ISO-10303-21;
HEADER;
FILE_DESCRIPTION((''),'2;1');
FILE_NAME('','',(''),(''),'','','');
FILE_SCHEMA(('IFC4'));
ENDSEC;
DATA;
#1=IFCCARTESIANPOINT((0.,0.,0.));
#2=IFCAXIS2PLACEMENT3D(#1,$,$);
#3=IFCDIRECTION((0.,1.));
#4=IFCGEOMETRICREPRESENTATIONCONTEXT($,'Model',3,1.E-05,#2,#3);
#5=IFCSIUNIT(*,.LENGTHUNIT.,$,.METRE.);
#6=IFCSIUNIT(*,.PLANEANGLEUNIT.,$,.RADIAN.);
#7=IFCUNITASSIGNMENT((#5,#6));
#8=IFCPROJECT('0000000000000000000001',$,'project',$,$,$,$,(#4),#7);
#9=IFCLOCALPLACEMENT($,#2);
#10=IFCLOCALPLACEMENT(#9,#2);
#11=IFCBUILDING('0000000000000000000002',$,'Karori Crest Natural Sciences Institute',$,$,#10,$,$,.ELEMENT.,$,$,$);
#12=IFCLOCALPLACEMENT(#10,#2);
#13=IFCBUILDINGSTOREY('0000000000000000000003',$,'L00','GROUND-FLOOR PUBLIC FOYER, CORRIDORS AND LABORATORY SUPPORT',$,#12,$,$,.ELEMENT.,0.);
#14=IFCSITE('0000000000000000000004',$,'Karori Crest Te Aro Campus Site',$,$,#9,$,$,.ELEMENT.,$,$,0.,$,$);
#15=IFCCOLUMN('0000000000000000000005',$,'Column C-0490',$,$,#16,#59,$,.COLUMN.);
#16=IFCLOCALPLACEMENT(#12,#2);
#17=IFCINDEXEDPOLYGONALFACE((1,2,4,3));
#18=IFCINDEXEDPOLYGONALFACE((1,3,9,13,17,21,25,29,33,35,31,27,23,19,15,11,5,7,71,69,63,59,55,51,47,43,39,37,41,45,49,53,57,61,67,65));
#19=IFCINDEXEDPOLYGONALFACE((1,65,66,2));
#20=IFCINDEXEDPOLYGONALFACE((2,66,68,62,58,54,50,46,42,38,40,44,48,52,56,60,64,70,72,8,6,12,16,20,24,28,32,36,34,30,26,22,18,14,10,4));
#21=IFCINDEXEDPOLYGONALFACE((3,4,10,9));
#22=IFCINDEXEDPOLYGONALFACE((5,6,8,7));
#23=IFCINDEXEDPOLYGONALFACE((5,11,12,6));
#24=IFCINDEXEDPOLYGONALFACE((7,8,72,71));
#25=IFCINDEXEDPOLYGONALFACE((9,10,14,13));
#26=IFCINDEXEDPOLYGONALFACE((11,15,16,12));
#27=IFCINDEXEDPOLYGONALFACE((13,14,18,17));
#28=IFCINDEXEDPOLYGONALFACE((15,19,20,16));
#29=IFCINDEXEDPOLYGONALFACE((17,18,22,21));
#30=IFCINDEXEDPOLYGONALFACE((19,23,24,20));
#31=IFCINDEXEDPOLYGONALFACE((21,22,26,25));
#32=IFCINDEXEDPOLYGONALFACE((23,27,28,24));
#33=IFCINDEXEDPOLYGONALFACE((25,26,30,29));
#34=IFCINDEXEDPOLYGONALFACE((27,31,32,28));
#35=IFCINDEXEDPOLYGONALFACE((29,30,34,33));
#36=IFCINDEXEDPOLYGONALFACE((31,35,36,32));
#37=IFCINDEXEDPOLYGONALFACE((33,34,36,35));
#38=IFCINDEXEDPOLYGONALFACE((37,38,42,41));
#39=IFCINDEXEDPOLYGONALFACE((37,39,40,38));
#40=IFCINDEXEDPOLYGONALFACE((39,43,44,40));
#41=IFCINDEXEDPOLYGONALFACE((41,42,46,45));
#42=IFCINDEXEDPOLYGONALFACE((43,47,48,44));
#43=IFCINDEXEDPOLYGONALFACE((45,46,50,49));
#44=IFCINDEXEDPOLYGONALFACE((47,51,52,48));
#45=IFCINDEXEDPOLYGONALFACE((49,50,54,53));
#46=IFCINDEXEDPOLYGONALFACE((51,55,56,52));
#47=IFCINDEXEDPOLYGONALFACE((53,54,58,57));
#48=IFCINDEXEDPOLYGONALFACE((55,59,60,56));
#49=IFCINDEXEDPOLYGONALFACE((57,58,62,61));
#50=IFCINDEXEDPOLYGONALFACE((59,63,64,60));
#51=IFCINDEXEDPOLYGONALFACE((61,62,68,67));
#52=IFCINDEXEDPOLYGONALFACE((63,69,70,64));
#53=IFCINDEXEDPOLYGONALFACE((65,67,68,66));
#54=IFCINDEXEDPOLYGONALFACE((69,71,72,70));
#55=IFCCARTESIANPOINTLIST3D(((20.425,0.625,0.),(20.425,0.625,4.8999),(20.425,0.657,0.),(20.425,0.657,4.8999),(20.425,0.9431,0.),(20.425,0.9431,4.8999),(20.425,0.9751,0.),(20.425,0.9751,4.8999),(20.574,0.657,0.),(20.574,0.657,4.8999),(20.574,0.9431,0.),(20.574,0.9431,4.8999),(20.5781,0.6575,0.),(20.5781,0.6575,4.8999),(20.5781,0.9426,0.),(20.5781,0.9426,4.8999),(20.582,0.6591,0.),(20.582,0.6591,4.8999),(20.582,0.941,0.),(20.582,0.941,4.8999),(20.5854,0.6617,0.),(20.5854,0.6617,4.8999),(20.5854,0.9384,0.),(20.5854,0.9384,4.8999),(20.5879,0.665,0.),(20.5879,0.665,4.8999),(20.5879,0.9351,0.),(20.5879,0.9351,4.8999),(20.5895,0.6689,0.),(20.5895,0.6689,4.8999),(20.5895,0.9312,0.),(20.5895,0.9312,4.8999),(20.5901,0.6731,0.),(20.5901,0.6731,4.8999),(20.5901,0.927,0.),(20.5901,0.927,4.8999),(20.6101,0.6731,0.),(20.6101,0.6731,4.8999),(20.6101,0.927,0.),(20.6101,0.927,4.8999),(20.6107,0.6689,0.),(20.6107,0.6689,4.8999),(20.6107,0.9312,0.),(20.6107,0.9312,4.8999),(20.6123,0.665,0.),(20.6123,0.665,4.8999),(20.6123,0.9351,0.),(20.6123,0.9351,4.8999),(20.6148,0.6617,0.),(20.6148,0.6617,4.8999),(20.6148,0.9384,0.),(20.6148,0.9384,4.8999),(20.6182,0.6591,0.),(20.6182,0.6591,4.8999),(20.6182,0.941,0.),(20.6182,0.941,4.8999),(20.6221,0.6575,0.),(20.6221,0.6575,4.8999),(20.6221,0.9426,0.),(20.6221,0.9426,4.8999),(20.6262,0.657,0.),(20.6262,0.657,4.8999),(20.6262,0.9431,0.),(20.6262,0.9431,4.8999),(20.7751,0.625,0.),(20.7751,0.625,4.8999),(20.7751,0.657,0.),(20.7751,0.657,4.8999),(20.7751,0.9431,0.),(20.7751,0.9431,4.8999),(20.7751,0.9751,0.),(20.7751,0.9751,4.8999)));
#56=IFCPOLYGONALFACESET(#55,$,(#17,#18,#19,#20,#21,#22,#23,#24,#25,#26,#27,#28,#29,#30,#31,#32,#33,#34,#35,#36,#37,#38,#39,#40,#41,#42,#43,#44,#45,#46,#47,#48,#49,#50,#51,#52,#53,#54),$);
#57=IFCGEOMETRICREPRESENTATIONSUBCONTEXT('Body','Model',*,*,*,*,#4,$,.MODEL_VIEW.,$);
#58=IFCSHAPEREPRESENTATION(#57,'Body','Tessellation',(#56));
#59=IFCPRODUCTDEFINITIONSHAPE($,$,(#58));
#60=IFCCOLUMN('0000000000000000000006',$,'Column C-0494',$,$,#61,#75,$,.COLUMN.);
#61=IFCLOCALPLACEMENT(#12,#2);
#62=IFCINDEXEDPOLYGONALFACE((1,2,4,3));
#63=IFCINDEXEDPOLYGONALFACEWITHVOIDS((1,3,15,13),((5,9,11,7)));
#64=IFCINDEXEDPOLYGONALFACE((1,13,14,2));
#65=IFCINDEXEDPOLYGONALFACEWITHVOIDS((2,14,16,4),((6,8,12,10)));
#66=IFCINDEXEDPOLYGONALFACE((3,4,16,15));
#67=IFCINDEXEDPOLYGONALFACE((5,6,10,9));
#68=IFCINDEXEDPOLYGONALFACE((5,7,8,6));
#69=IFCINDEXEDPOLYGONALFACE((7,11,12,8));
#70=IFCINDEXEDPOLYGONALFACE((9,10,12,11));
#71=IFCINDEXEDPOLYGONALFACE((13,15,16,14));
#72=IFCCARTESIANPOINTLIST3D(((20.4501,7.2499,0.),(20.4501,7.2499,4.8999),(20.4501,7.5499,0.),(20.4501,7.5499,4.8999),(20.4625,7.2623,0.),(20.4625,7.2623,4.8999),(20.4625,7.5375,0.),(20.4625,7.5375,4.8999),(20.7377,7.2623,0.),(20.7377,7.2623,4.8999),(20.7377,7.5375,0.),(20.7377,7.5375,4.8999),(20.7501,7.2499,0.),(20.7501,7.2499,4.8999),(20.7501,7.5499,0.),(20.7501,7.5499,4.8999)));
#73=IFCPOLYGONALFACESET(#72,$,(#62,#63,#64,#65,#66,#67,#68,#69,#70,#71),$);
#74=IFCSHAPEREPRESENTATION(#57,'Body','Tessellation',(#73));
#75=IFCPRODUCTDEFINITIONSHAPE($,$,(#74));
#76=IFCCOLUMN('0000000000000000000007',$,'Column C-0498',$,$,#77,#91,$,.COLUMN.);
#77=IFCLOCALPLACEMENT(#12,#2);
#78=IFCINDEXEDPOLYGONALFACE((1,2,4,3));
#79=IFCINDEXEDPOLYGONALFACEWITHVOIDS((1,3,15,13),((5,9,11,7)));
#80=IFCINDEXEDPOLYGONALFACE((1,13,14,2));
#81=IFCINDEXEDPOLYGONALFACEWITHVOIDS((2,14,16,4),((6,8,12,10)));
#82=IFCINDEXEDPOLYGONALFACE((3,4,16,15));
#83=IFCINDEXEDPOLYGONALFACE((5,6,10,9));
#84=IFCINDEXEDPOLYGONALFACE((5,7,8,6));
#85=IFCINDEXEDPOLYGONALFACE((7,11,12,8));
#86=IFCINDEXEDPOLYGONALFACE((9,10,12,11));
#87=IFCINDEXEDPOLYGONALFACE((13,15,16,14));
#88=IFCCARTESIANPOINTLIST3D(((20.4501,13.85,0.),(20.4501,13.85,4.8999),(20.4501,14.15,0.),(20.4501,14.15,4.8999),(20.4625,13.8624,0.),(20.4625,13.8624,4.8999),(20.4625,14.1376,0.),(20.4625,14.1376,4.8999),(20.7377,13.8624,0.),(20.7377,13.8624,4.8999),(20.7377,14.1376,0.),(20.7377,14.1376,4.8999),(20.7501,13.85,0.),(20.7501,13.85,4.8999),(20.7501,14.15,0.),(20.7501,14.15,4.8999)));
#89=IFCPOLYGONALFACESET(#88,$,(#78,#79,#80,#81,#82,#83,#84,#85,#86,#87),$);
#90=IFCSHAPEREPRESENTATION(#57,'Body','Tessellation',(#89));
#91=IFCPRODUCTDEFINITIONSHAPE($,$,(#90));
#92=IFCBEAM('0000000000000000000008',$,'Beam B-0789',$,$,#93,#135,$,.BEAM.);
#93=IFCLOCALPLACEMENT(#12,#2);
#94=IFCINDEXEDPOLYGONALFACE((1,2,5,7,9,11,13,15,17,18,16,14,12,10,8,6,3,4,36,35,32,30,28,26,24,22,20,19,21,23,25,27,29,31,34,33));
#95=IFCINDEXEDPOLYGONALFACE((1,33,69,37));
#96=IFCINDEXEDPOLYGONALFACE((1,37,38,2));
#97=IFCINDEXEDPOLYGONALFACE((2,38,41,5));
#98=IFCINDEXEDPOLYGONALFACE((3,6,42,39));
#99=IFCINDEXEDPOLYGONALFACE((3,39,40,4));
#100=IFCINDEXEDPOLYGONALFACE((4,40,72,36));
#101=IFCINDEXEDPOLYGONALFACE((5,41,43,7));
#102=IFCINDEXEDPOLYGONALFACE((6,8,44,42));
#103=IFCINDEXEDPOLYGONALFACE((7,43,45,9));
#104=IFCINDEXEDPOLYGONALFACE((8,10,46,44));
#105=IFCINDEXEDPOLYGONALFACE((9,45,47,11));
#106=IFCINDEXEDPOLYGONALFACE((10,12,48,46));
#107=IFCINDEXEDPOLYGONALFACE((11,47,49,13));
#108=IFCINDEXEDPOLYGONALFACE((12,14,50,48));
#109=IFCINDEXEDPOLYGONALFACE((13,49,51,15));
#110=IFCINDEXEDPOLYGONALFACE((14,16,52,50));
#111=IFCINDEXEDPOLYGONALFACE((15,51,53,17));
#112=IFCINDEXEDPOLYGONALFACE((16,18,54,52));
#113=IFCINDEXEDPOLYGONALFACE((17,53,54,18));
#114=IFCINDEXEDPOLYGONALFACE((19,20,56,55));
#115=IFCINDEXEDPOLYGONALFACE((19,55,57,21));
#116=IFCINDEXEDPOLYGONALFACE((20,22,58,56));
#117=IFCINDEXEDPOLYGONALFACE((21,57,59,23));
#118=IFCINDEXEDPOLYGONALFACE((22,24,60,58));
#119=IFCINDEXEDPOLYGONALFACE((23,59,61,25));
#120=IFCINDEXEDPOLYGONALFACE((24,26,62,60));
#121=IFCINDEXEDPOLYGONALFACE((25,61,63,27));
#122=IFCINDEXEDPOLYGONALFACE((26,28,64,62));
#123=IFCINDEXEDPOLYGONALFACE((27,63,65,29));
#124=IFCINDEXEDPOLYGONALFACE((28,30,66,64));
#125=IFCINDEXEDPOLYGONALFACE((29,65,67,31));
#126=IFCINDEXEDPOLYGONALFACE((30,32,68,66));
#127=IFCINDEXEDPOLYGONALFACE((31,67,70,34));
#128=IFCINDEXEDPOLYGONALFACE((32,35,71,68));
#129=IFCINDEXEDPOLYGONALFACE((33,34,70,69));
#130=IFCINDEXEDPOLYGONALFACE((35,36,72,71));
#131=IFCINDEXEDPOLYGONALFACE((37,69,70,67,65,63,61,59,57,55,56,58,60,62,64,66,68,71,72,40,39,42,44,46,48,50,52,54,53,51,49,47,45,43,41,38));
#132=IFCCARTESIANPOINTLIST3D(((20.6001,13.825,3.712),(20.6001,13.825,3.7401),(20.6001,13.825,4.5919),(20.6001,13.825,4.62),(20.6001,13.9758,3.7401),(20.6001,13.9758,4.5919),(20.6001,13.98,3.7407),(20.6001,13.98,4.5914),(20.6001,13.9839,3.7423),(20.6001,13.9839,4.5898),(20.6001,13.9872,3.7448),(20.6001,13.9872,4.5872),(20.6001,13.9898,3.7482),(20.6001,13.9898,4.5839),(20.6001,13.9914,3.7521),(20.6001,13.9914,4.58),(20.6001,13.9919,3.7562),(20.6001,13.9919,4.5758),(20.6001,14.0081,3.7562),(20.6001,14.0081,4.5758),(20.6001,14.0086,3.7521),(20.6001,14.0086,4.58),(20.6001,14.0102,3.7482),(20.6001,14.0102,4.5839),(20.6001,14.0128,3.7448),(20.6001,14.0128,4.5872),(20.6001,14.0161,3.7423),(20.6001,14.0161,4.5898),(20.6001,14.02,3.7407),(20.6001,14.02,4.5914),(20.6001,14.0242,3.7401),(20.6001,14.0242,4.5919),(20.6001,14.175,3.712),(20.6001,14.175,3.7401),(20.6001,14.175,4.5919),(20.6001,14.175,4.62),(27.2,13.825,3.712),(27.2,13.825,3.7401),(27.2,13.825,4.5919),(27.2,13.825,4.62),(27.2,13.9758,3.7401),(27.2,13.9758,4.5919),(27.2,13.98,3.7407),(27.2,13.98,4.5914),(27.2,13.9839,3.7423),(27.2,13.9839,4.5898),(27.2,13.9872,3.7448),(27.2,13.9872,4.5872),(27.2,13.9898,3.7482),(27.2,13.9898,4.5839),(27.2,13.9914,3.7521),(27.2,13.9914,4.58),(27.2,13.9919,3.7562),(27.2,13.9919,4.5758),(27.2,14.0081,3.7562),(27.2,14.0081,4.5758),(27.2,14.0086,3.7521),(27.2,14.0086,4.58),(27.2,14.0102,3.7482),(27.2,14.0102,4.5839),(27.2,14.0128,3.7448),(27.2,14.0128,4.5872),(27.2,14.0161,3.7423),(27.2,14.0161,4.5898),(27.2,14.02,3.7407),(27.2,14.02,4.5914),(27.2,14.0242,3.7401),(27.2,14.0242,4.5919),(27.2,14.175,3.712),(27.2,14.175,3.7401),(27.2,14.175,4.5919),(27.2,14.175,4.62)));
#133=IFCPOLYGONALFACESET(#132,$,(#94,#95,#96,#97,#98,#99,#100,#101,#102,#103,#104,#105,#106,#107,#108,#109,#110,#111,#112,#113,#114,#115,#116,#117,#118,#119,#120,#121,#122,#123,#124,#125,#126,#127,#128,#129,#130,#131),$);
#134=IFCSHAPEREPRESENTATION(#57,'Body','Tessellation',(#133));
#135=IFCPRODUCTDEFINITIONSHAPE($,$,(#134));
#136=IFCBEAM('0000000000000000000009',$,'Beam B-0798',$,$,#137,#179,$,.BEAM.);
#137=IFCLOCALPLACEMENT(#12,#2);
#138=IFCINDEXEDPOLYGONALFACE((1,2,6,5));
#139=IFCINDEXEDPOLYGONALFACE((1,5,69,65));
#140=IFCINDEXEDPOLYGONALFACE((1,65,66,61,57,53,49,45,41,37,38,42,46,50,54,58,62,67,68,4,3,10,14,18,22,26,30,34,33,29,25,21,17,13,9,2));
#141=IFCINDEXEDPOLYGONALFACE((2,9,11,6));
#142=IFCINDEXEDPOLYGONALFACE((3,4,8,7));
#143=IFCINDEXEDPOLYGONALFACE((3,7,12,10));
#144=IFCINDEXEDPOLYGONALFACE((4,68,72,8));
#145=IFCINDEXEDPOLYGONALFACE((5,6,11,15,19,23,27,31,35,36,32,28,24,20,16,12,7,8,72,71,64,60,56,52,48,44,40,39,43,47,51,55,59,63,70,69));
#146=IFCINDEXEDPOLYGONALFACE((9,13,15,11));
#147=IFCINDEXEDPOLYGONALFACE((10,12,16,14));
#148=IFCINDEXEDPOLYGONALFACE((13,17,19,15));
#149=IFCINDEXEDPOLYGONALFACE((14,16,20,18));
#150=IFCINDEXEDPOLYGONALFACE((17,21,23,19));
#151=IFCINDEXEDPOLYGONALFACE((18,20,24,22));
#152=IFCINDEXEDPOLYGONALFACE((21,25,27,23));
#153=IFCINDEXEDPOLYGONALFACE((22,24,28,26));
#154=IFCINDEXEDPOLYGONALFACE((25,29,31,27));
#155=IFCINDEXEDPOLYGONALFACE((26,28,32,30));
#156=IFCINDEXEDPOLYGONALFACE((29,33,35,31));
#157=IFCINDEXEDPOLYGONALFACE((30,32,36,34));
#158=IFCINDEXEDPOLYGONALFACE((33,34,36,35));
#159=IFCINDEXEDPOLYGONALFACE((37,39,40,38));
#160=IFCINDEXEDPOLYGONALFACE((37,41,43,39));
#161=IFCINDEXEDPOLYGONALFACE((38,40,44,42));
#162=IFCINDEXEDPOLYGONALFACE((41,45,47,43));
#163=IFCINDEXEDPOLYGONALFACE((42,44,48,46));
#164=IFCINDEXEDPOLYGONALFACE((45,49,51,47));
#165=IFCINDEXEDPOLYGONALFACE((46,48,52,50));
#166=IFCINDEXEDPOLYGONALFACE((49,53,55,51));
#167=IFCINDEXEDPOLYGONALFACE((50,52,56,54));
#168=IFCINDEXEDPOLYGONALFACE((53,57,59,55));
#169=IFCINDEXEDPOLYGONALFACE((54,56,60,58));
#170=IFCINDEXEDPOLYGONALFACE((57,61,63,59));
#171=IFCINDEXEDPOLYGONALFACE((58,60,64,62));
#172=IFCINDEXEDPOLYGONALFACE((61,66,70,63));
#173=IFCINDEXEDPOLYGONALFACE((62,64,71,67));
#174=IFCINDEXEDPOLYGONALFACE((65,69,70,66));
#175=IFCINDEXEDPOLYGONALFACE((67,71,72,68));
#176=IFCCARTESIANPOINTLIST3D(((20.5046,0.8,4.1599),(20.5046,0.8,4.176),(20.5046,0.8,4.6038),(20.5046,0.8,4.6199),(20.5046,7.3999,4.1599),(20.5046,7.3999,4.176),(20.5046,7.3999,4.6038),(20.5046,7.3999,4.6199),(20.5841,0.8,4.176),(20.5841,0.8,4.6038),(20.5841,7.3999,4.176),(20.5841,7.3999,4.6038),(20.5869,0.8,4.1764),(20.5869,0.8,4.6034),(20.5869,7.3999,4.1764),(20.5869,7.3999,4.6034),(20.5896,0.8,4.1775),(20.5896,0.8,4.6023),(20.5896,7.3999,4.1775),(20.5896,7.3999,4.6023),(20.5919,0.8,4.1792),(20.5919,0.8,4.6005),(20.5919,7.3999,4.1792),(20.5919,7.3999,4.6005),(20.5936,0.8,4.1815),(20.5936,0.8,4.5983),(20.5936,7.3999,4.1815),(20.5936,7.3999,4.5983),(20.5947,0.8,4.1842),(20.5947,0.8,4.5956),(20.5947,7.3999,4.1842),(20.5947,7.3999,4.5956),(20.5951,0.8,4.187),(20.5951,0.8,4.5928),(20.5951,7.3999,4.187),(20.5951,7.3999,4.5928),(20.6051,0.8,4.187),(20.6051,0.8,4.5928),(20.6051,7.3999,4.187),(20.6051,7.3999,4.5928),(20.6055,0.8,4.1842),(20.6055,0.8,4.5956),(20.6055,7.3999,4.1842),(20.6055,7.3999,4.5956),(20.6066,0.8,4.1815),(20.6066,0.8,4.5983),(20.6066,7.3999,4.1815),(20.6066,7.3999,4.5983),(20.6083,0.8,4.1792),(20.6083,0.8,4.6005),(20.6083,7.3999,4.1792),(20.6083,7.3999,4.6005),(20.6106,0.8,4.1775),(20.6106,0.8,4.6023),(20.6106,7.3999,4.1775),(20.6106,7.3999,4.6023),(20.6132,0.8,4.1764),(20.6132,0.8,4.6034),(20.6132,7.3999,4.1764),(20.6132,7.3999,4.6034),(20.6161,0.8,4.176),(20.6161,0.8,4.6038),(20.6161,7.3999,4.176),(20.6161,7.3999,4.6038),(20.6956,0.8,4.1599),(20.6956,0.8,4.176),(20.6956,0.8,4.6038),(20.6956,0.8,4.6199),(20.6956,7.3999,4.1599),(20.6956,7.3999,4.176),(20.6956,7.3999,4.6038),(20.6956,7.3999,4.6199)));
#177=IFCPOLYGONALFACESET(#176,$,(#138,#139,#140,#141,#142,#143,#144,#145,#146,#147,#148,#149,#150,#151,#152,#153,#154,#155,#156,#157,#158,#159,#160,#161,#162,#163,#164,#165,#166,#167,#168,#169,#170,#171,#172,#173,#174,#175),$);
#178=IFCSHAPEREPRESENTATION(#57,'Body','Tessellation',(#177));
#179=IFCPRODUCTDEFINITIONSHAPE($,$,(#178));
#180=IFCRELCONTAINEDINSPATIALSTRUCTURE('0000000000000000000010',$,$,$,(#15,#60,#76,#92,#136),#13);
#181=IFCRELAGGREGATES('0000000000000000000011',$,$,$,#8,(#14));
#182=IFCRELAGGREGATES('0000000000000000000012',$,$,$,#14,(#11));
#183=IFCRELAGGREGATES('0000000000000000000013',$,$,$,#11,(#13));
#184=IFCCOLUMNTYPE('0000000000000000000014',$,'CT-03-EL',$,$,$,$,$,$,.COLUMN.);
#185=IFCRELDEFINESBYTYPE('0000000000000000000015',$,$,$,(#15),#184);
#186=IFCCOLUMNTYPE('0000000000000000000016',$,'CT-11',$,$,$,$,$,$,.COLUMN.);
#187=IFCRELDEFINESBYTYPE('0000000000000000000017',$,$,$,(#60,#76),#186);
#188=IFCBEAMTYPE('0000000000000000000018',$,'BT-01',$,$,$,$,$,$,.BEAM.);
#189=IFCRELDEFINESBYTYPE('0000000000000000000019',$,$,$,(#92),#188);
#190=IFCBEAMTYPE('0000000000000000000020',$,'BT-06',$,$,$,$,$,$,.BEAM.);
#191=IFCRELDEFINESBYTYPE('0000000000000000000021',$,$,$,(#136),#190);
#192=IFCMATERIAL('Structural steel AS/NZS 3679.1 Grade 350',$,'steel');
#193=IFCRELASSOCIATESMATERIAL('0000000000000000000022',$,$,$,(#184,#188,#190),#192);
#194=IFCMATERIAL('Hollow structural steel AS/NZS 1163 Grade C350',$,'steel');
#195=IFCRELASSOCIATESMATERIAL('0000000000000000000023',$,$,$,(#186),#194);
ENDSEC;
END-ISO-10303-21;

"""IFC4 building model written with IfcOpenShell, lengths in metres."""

from ifc_helpers import new_model, si_unit, direction, frame, origin, origin_2d, place, context, subcontext, project, spatial, hollow_rectangle, i_section, extrude, material, material_profile, profile_set, type_object, element, save


model = new_model("IFC4")

# Units and contexts
model_context = context("Model", 3, precision=1e-05, world=origin(), true_north=direction((0.0, 1.0)))
body_context = subcontext(model_context, "Body", "Model", "MODEL_VIEW")
ifc_project = project(units=[si_unit("LENGTHUNIT", "METRE"), si_unit("PLANEANGLEUNIT", "RADIAN")], contexts=[model_context])

# Site, building, storey
site_placement = place(None, origin())
site = spatial("IfcSite", under=ifc_project, at=site_placement, Name="Karori Crest Te Aro Campus Site", CompositionType="ELEMENT", RefElevation=0.0)
building_placement = place(site_placement, origin())
building = spatial("IfcBuilding", under=site, at=building_placement, Name="Karori Crest Natural Sciences Institute", CompositionType="ELEMENT")
storey_placement = place(building_placement, origin())
storey = spatial("IfcBuildingStorey", under=building, at=storey_placement, Name="L00", Description="GROUND-FLOOR PUBLIC FOYER, CORRIDORS AND LABORATORY SUPPORT", CompositionType="ELEMENT", Elevation=0.0)

# Columns
ifc_material_1 = material(Name="Structural steel AS/NZS 3679.1 Grade 350", Category="steel")
ifc_material_profile_1 = material_profile(ifc_material_1, i_section(OverallWidth=0.3501, OverallDepth=0.3501, WebThickness=0.02, FlangeThickness=0.032, FilletRadius=0.0161, at=origin_2d()), Name="350WC280")
ifc_profile_set_1 = profile_set([ifc_material_profile_1], Name="Structural steel AS/NZS 3679.1 Grade 350")
column_type_1 = type_object("IfcColumnType", Name="CT-03-EL", PredefinedType="COLUMN", material=ifc_profile_set_1)
column_placement = place(storey_placement, frame((20.6001, 0.8, 0.0), z_axis=(0.0, 0.0, 1.0), x_axis=(1.0, 0.0, 0.0)))
element("IfcColumn", 1, at=column_placement, inside=storey, type_object=column_type_1, Name="Column C-0490", PredefinedType="COLUMN", context=body_context, shape_type="SweptSolid", body=[
    extrude(i_section(OverallWidth=0.3501, OverallDepth=0.3501, WebThickness=0.02, FlangeThickness=0.032, FilletRadius=0.0161, at=origin_2d()), origin(), (0.0, 0.0, 1.0), 4.8999),
])
ifc_material_2 = material(Name="Hollow structural steel AS/NZS 1163 Grade C350", Category="steel")
ifc_material_profile_2 = material_profile(ifc_material_2, hollow_rectangle(XDim=0.3, YDim=0.3, WallThickness=0.0125, at=origin_2d()), Name="SHS300x300x12.5")
ifc_profile_set_2 = profile_set([ifc_material_profile_2], Name="Hollow structural steel AS/NZS 1163 Grade C350")
column_type_2 = type_object("IfcColumnType", Name="CT-11", PredefinedType="COLUMN", material=ifc_profile_set_2)
for number, where, z_axis, x_axis, name in (
    (2, (20.6001, 7.3999, 0.0), (0.0, 0.0, 1.0), (1.0, 0.0, 0.0), "Column C-0494"),
    (3, (20.6001, 14.0, 0.0), (0.0, 0.0, 1.0), (1.0, 0.0, 0.0), "Column C-0498"),
):
    element("IfcColumn", number, at=place(storey_placement, frame(where, z_axis=z_axis, x_axis=x_axis)), inside=storey, type_object=column_type_2, Name=name, PredefinedType="COLUMN", context=body_context, shape_type="SweptSolid", body=[
        extrude(hollow_rectangle(XDim=0.3, YDim=0.3, WallThickness=0.0125, at=origin_2d()), origin(), (0.0, 0.0, 1.0), 4.8999),
    ])

# Beams
ifc_material_profile_3 = material_profile(ifc_material_1, i_section(OverallWidth=0.3501, OverallDepth=0.908, WebThickness=0.0161, FlangeThickness=0.0281, FilletRadius=0.0161, at=origin_2d()), Name="900WB257")
ifc_profile_set_3 = profile_set([ifc_material_profile_3], Name="Structural steel AS/NZS 3679.1 Grade 350")
beam_type_1 = type_object("IfcBeamType", Name="BT-01", PredefinedType="BEAM", material=ifc_profile_set_3)
beam_1_placement = place(storey_placement, frame((20.6001, 14.0, 4.166), z_axis=(1.0, 0.0, 0.0), x_axis=(0.0, 1.0, 0.0)))
element("IfcBeam", 4, at=beam_1_placement, inside=storey, type_object=beam_type_1, Name="Beam B-0789", PredefinedType="BEAM", context=body_context, shape_type="SweptSolid", body=[
    extrude(i_section(OverallWidth=0.3501, OverallDepth=0.908, WebThickness=0.0161, FlangeThickness=0.0281, FilletRadius=0.0161, at=origin_2d()), origin(), (0.0, 0.0, 1.0), 6.5999),
])
ifc_material_profile_4 = material_profile(ifc_material_1, i_section(OverallWidth=0.1909, OverallDepth=0.46, WebThickness=0.01, FlangeThickness=0.0161, FilletRadius=0.011, at=origin_2d()), Name="460UB82.1")
ifc_profile_set_4 = profile_set([ifc_material_profile_4], Name="Structural steel AS/NZS 3679.1 Grade 350")
beam_type_2 = type_object("IfcBeamType", Name="BT-06", PredefinedType="BEAM", material=ifc_profile_set_4)
beam_2_placement = place(storey_placement, frame((20.6001, 0.8, 4.3899), z_axis=(0.0, 1.0, 0.0), x_axis=(-1.0, 0.0, 0.0)))
element("IfcBeam", 5, at=beam_2_placement, inside=storey, type_object=beam_type_2, Name="Beam B-0798", PredefinedType="BEAM", context=body_context, shape_type="SweptSolid", body=[
    extrude(i_section(OverallWidth=0.1909, OverallDepth=0.46, WebThickness=0.01, FlangeThickness=0.0161, FilletRadius=0.011, at=origin_2d()), origin(), (0.0, 0.0, 1.0), 6.5999),
])

save(model, "model.ifc")
